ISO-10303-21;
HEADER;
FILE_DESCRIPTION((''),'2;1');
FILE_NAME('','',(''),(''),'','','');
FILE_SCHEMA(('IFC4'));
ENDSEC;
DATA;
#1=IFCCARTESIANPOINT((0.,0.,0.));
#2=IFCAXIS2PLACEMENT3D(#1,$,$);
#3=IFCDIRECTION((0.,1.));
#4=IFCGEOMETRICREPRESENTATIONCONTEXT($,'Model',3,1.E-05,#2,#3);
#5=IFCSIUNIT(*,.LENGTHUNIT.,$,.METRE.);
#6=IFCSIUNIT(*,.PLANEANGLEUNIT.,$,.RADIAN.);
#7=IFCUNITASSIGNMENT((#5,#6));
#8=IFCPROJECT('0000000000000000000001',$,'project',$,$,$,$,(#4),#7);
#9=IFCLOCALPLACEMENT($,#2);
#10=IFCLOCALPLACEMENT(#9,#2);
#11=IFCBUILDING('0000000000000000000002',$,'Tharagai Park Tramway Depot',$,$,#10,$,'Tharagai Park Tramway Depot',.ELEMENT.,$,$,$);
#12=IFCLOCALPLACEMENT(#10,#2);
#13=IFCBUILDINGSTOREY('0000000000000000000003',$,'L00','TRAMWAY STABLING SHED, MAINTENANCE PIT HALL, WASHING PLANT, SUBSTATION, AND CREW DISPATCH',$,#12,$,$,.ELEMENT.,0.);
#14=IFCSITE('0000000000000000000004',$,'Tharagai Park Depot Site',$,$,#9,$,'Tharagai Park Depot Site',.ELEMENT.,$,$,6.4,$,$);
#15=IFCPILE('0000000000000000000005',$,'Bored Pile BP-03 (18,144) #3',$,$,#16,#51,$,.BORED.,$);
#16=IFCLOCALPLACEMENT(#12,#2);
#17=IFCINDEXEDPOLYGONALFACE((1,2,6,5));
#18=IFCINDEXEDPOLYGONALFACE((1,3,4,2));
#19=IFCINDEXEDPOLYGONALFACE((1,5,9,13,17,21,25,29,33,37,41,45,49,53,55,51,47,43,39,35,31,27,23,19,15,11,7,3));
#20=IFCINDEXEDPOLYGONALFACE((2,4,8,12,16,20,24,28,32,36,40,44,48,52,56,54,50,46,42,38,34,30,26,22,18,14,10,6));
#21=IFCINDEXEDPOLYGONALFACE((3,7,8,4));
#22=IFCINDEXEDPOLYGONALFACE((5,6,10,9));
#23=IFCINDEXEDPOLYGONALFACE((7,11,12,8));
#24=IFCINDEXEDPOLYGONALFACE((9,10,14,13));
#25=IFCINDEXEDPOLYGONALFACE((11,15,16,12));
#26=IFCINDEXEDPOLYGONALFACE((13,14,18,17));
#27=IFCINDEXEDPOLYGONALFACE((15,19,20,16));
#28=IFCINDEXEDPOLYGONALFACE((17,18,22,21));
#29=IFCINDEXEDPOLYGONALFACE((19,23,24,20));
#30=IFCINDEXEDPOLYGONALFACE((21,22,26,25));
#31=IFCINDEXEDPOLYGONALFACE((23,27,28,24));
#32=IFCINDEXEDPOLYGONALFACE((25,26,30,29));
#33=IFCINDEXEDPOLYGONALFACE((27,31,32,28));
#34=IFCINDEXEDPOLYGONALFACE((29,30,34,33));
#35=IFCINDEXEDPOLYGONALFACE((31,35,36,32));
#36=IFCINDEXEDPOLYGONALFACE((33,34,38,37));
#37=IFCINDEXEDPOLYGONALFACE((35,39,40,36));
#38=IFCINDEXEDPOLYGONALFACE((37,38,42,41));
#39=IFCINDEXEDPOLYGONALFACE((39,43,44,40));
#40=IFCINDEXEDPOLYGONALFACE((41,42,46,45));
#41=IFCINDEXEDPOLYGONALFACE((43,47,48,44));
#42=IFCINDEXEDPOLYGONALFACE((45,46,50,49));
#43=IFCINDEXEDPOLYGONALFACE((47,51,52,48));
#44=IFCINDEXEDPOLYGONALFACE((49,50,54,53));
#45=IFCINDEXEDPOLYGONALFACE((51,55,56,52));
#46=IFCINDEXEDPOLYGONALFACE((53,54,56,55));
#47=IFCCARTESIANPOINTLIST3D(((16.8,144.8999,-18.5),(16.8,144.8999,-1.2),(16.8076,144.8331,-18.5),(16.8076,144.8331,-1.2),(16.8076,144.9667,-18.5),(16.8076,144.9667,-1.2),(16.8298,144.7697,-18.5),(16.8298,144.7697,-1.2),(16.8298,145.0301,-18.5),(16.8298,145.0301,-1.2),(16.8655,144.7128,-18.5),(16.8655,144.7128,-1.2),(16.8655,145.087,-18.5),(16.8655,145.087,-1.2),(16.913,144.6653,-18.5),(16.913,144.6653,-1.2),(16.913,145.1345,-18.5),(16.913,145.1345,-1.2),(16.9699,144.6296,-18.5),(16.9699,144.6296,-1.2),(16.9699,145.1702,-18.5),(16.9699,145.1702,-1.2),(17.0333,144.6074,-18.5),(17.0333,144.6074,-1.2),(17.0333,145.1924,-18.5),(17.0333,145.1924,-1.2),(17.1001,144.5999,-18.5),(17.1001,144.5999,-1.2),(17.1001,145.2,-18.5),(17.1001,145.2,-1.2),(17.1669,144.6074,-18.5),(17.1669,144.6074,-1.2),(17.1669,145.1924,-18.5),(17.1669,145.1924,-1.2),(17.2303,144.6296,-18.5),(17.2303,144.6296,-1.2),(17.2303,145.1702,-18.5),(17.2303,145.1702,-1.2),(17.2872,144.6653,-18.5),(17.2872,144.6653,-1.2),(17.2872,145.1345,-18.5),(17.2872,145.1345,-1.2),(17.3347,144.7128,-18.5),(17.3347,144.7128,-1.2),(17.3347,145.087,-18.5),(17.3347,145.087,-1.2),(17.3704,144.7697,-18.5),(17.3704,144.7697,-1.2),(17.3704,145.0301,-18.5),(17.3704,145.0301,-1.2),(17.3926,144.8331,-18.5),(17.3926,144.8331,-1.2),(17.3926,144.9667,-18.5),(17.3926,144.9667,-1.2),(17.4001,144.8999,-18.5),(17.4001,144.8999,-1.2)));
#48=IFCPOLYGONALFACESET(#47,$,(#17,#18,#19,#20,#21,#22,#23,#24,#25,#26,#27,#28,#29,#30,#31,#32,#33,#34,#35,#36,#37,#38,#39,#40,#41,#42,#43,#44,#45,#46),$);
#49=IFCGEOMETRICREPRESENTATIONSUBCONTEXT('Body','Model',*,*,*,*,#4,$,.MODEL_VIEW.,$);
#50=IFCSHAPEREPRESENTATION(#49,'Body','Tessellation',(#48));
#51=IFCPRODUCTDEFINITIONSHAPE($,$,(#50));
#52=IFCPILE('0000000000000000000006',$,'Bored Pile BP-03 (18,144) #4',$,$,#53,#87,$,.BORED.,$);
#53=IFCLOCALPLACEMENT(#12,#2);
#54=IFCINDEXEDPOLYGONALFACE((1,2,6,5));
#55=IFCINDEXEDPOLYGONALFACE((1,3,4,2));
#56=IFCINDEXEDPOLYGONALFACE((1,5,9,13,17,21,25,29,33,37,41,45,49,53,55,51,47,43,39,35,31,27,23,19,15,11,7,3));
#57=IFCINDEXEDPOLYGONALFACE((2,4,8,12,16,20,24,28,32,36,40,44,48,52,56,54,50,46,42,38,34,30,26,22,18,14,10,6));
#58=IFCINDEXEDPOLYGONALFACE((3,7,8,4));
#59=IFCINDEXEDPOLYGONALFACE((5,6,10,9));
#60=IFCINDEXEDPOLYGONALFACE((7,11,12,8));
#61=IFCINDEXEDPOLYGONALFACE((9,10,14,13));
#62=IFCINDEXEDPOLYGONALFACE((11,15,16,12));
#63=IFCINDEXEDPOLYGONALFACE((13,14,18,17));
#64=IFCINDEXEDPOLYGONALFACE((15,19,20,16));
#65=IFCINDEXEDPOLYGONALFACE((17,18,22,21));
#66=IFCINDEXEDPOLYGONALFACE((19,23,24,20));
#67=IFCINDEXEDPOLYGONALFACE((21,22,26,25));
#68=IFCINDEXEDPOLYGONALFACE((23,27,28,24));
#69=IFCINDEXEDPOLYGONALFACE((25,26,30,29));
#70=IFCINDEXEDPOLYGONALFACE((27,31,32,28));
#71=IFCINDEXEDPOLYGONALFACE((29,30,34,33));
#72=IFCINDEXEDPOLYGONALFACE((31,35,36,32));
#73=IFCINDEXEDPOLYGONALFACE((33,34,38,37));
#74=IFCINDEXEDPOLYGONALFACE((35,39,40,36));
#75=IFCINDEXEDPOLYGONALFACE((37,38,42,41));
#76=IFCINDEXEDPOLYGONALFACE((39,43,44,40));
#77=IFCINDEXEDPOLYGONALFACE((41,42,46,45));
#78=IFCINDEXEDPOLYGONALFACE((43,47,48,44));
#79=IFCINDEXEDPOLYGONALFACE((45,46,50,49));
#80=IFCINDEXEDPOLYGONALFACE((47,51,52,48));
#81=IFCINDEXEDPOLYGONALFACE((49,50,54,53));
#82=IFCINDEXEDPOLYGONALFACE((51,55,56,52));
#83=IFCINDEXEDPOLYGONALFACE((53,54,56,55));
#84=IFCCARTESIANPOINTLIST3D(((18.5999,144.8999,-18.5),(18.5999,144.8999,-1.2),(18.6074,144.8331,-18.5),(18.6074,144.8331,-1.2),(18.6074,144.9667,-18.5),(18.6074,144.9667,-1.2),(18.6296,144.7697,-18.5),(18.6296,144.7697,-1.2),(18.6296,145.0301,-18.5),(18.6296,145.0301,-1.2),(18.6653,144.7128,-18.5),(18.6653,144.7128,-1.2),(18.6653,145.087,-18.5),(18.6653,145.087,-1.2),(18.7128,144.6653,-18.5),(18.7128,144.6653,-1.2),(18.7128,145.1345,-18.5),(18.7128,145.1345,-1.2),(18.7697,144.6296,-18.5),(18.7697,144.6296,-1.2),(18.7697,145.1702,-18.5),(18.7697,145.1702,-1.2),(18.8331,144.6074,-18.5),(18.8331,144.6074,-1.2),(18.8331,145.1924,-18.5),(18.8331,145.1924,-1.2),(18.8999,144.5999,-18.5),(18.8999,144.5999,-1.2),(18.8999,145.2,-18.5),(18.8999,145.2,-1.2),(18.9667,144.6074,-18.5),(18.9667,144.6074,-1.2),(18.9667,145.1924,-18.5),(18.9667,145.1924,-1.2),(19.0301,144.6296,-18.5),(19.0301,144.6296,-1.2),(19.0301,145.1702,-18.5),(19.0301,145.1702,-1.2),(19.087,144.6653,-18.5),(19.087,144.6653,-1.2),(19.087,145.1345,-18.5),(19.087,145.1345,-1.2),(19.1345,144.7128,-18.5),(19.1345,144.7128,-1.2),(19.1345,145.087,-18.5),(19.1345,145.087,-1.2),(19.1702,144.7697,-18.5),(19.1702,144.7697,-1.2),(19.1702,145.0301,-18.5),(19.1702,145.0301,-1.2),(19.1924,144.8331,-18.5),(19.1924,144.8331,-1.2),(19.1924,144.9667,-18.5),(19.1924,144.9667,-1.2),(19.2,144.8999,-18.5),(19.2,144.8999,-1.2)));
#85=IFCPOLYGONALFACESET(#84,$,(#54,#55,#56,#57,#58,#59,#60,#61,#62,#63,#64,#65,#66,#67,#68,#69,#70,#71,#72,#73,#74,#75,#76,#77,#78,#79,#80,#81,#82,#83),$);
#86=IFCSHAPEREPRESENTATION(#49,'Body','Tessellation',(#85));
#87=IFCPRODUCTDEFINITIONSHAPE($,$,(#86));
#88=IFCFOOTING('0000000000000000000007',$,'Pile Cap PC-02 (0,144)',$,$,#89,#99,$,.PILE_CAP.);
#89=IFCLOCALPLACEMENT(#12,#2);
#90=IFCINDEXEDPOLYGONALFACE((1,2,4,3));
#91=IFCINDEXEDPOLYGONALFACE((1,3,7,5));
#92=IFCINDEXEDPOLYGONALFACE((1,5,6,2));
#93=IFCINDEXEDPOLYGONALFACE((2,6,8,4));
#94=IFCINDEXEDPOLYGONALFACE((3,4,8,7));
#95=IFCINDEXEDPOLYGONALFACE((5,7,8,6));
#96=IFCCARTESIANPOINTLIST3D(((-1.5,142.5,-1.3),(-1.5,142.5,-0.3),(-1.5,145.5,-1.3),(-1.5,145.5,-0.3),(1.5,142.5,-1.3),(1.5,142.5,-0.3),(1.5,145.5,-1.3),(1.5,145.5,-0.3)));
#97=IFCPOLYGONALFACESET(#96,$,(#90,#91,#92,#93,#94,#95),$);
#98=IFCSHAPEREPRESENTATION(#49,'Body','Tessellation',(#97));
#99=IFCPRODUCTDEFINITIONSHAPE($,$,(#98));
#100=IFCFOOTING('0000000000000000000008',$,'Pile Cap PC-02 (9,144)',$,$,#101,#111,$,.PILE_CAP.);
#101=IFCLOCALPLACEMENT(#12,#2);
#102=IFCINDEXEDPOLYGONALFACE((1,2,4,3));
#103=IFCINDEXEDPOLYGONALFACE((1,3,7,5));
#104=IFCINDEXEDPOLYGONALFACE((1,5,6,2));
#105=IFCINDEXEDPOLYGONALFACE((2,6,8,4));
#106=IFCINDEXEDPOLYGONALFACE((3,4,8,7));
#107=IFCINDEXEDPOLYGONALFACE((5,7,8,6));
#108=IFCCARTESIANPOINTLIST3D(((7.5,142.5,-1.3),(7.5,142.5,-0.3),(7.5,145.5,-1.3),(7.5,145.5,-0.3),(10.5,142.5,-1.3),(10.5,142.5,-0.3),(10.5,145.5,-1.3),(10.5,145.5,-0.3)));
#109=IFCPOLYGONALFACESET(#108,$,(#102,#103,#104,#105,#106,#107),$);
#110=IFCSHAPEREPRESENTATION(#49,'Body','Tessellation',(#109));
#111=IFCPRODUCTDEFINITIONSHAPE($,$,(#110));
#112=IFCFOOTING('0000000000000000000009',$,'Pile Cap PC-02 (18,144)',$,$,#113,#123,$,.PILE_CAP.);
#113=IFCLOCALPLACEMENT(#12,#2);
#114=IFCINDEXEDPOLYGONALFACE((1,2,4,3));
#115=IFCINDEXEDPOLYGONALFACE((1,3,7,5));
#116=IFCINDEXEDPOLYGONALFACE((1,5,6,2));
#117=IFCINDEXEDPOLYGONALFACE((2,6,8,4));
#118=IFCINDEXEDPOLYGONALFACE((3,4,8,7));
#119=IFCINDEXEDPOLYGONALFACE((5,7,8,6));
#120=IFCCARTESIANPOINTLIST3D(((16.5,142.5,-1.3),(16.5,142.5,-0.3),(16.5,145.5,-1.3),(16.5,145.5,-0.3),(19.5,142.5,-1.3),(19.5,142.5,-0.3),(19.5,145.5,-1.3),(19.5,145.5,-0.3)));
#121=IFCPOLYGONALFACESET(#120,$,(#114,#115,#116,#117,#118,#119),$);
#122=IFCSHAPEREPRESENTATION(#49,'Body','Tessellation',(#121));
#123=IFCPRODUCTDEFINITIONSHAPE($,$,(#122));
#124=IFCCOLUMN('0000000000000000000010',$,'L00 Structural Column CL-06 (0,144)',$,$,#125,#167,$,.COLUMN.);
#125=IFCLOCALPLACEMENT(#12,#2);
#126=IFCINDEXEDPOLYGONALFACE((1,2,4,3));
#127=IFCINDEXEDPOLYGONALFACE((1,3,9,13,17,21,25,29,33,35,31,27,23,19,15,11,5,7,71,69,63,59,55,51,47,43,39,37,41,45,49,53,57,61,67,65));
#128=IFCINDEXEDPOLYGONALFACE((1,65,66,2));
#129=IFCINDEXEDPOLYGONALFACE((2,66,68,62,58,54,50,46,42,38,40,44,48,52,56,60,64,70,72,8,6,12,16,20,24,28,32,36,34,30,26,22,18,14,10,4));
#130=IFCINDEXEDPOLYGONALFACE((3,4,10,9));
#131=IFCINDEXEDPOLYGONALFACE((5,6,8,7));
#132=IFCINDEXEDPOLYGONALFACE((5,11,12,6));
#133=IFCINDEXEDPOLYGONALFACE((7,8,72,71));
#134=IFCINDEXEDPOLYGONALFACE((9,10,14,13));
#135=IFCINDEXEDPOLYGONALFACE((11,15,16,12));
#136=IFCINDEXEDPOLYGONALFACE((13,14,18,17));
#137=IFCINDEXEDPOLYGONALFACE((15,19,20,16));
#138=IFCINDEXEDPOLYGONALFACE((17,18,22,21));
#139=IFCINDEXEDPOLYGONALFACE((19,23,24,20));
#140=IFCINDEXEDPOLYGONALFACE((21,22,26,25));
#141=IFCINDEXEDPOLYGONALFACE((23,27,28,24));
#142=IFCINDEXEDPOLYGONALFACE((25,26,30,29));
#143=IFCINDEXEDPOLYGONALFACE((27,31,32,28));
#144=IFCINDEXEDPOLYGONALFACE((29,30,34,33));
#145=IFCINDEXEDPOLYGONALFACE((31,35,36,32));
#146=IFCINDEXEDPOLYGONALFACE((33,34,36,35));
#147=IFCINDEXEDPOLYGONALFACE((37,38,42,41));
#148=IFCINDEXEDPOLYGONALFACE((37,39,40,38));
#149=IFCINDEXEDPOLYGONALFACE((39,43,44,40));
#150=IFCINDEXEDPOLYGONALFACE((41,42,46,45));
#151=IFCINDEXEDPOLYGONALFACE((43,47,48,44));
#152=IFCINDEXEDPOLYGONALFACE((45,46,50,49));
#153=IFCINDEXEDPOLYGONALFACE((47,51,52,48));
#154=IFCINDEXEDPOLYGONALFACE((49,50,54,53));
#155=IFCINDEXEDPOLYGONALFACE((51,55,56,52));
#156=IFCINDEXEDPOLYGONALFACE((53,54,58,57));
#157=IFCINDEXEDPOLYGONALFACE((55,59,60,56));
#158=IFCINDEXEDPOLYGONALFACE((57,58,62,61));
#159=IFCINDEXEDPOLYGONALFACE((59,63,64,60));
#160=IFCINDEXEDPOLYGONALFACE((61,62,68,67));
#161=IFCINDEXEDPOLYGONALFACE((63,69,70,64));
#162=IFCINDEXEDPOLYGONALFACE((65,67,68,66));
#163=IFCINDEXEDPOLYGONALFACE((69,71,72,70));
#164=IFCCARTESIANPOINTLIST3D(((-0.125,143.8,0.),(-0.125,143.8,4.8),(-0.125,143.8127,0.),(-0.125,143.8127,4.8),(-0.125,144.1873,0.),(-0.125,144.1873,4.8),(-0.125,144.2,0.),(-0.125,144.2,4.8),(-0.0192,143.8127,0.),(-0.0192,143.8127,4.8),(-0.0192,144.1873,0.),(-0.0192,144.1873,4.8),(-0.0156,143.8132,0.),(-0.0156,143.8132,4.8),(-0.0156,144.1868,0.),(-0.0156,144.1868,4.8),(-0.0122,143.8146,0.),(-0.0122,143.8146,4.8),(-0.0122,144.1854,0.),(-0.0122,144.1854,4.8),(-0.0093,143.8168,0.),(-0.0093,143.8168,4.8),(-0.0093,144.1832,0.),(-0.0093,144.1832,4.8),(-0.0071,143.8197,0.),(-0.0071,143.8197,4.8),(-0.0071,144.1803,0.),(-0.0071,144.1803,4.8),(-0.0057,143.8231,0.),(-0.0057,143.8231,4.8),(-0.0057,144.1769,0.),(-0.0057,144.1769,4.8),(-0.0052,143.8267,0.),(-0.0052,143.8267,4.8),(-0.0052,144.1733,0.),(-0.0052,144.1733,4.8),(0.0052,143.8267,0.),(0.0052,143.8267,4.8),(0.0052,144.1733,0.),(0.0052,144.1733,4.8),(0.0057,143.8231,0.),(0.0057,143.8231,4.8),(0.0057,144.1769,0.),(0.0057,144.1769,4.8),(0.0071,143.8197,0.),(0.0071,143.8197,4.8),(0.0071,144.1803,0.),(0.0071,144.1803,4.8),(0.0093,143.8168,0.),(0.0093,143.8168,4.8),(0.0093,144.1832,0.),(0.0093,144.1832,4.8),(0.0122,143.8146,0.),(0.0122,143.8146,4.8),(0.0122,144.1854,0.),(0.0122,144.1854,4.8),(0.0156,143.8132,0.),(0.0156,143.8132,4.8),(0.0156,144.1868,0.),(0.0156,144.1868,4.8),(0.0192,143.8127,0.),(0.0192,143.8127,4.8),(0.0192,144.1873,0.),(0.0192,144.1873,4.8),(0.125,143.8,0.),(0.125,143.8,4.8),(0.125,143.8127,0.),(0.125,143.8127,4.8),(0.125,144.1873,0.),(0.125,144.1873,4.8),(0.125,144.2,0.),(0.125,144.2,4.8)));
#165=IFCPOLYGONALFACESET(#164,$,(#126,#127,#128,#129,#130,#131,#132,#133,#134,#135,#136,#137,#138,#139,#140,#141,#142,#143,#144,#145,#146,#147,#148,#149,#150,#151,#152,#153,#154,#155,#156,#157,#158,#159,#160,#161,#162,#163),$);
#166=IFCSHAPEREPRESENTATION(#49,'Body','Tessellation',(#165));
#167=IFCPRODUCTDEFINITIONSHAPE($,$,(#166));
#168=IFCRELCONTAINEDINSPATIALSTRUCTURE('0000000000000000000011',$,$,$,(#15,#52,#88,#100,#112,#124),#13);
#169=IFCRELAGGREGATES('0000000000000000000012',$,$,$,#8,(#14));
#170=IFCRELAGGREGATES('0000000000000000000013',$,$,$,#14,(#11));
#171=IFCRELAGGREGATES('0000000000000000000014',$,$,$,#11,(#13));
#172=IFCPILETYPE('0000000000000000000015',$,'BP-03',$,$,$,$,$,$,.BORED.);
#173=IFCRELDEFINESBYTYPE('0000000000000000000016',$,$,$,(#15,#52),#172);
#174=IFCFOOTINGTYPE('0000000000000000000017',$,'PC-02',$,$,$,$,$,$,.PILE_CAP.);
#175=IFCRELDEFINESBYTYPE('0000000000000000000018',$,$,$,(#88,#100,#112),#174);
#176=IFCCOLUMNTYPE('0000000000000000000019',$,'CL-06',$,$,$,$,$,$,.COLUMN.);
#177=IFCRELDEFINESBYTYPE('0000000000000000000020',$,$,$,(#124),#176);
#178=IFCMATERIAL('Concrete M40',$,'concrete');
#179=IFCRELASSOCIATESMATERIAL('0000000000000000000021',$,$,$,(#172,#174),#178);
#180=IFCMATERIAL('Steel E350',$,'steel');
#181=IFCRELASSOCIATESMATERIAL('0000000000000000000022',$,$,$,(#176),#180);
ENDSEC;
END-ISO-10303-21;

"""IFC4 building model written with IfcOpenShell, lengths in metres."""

from ifc_helpers import new_model, si_unit, direction, frame, origin, origin_2d, place, context, subcontext, project, spatial, rectangle, circle, i_section, extrude, material, material_profile, profile_set, type_object, element, save


model = new_model("IFC4")

# Units and contexts
model_context = context("Model", 3, precision=1e-05, world=origin(), true_north=direction((0.0, 1.0)))
body_context = subcontext(model_context, "Body", "Model", "MODEL_VIEW")
ifc_project = project(units=[si_unit("LENGTHUNIT", "METRE"), si_unit("PLANEANGLEUNIT", "RADIAN")], contexts=[model_context])

# Site, building, storey
site_placement = place(None, origin())
site = spatial("IfcSite", under=ifc_project, at=site_placement, Name="Tharagai Park Depot Site", LongName="Tharagai Park Depot Site", CompositionType="ELEMENT", RefElevation=6.4)
building_placement = place(site_placement, origin())
building = spatial("IfcBuilding", under=site, at=building_placement, Name="Tharagai Park Tramway Depot", LongName="Tharagai Park Tramway Depot", CompositionType="ELEMENT")
storey_placement = place(building_placement, origin())
storey = spatial("IfcBuildingStorey", under=building, at=storey_placement, Name="L00", Description="TRAMWAY STABLING SHED, MAINTENANCE PIT HALL, WASHING PLANT, SUBSTATION, AND CREW DISPATCH", CompositionType="ELEMENT", Elevation=0.0)

# Piles
ifc_material_1 = material(Name="Concrete M40", Category="concrete")
ifc_material_profile_1 = material_profile(ifc_material_1, circle(Radius=0.3, at=origin_2d()), Name="PILE D600")
ifc_profile_set_1 = profile_set([ifc_material_profile_1], Name="Concrete M40")
pile_type = type_object("IfcPileType", Name="BP-03", PredefinedType="BORED", material=ifc_profile_set_1)
for number, where, z_axis, x_axis, name in (
    (1, (17.1001, 144.8999, -1.2), (0.0, 0.0, -1.0), (1.0, 0.0, 0.0), "Bored Pile BP-03 (18,144) #3"),
    (2, (18.8999, 144.8999, -1.2), (0.0, 0.0, -1.0), (1.0, 0.0, 0.0), "Bored Pile BP-03 (18,144) #4"),
):
    element("IfcPile", number, at=place(storey_placement, frame(where, z_axis=z_axis, x_axis=x_axis)), inside=storey, type_object=pile_type, Name=name, PredefinedType="BORED", context=body_context, shape_type="SweptSolid", body=[
        extrude(circle(Radius=0.3, at=origin_2d()), origin(), (0.0, 0.0, 1.0), 17.3),
    ])

# Footings
footing_type = type_object("IfcFootingType", Name="PC-02", PredefinedType="PILE_CAP", material=ifc_material_1)
for number, where, z_axis, x_axis, name in (
    (3, (0.0, 144.0, -1.3), (0.0, 0.0, 1.0), (1.0, 0.0, 0.0), "Pile Cap PC-02 (0,144)"),
    (4, (9.0, 144.0, -1.3), (0.0, 0.0, 1.0), (1.0, 0.0, 0.0), "Pile Cap PC-02 (9,144)"),
    (5, (18.0, 144.0, -1.3), (0.0, 0.0, 1.0), (1.0, 0.0, 0.0), "Pile Cap PC-02 (18,144)"),
):
    element("IfcFooting", number, at=place(storey_placement, frame(where, z_axis=z_axis, x_axis=x_axis)), inside=storey, type_object=footing_type, Name=name, PredefinedType="PILE_CAP", context=body_context, shape_type="SweptSolid", body=[
        extrude(rectangle(XDim=3.0, YDim=3.0, at=origin_2d()), origin(), (0.0, 0.0, 1.0), 1.0),
    ])

# Column
ifc_material_2 = material(Name="Steel E350", Category="steel")
ifc_material_profile_2 = material_profile(ifc_material_2, i_section(OverallWidth=0.25, OverallDepth=0.3999, WebThickness=0.0105, FlangeThickness=0.0127, FilletRadius=0.0139, at=origin_2d()), Name="ISHB 400")
ifc_profile_set_2 = profile_set([ifc_material_profile_2], Name="Steel E350")
column_type_1 = type_object("IfcColumnType", Name="CL-06", PredefinedType="COLUMN", material=ifc_profile_set_2)
for number, where, z_axis, x_axis, name in (
    (6, (0.0, 144.0, 0.0), (0.0, 0.0, 1.0), (1.0, 0.0, 0.0), "L00 Structural Column CL-06 (0,144)"),
):
    element("IfcColumn", number, at=place(storey_placement, frame(where, z_axis=z_axis, x_axis=x_axis)), inside=storey, type_object=column_type_1, Name=name, PredefinedType="COLUMN", context=body_context, shape_type="SweptSolid", body=[
        extrude(i_section(OverallWidth=0.25, OverallDepth=0.3999, WebThickness=0.0105, FlangeThickness=0.0127, FilletRadius=0.0139, at=origin_2d()), origin(), (0.0, 0.0, 1.0), 4.8),
    ])

save(model, "model.ifc")
